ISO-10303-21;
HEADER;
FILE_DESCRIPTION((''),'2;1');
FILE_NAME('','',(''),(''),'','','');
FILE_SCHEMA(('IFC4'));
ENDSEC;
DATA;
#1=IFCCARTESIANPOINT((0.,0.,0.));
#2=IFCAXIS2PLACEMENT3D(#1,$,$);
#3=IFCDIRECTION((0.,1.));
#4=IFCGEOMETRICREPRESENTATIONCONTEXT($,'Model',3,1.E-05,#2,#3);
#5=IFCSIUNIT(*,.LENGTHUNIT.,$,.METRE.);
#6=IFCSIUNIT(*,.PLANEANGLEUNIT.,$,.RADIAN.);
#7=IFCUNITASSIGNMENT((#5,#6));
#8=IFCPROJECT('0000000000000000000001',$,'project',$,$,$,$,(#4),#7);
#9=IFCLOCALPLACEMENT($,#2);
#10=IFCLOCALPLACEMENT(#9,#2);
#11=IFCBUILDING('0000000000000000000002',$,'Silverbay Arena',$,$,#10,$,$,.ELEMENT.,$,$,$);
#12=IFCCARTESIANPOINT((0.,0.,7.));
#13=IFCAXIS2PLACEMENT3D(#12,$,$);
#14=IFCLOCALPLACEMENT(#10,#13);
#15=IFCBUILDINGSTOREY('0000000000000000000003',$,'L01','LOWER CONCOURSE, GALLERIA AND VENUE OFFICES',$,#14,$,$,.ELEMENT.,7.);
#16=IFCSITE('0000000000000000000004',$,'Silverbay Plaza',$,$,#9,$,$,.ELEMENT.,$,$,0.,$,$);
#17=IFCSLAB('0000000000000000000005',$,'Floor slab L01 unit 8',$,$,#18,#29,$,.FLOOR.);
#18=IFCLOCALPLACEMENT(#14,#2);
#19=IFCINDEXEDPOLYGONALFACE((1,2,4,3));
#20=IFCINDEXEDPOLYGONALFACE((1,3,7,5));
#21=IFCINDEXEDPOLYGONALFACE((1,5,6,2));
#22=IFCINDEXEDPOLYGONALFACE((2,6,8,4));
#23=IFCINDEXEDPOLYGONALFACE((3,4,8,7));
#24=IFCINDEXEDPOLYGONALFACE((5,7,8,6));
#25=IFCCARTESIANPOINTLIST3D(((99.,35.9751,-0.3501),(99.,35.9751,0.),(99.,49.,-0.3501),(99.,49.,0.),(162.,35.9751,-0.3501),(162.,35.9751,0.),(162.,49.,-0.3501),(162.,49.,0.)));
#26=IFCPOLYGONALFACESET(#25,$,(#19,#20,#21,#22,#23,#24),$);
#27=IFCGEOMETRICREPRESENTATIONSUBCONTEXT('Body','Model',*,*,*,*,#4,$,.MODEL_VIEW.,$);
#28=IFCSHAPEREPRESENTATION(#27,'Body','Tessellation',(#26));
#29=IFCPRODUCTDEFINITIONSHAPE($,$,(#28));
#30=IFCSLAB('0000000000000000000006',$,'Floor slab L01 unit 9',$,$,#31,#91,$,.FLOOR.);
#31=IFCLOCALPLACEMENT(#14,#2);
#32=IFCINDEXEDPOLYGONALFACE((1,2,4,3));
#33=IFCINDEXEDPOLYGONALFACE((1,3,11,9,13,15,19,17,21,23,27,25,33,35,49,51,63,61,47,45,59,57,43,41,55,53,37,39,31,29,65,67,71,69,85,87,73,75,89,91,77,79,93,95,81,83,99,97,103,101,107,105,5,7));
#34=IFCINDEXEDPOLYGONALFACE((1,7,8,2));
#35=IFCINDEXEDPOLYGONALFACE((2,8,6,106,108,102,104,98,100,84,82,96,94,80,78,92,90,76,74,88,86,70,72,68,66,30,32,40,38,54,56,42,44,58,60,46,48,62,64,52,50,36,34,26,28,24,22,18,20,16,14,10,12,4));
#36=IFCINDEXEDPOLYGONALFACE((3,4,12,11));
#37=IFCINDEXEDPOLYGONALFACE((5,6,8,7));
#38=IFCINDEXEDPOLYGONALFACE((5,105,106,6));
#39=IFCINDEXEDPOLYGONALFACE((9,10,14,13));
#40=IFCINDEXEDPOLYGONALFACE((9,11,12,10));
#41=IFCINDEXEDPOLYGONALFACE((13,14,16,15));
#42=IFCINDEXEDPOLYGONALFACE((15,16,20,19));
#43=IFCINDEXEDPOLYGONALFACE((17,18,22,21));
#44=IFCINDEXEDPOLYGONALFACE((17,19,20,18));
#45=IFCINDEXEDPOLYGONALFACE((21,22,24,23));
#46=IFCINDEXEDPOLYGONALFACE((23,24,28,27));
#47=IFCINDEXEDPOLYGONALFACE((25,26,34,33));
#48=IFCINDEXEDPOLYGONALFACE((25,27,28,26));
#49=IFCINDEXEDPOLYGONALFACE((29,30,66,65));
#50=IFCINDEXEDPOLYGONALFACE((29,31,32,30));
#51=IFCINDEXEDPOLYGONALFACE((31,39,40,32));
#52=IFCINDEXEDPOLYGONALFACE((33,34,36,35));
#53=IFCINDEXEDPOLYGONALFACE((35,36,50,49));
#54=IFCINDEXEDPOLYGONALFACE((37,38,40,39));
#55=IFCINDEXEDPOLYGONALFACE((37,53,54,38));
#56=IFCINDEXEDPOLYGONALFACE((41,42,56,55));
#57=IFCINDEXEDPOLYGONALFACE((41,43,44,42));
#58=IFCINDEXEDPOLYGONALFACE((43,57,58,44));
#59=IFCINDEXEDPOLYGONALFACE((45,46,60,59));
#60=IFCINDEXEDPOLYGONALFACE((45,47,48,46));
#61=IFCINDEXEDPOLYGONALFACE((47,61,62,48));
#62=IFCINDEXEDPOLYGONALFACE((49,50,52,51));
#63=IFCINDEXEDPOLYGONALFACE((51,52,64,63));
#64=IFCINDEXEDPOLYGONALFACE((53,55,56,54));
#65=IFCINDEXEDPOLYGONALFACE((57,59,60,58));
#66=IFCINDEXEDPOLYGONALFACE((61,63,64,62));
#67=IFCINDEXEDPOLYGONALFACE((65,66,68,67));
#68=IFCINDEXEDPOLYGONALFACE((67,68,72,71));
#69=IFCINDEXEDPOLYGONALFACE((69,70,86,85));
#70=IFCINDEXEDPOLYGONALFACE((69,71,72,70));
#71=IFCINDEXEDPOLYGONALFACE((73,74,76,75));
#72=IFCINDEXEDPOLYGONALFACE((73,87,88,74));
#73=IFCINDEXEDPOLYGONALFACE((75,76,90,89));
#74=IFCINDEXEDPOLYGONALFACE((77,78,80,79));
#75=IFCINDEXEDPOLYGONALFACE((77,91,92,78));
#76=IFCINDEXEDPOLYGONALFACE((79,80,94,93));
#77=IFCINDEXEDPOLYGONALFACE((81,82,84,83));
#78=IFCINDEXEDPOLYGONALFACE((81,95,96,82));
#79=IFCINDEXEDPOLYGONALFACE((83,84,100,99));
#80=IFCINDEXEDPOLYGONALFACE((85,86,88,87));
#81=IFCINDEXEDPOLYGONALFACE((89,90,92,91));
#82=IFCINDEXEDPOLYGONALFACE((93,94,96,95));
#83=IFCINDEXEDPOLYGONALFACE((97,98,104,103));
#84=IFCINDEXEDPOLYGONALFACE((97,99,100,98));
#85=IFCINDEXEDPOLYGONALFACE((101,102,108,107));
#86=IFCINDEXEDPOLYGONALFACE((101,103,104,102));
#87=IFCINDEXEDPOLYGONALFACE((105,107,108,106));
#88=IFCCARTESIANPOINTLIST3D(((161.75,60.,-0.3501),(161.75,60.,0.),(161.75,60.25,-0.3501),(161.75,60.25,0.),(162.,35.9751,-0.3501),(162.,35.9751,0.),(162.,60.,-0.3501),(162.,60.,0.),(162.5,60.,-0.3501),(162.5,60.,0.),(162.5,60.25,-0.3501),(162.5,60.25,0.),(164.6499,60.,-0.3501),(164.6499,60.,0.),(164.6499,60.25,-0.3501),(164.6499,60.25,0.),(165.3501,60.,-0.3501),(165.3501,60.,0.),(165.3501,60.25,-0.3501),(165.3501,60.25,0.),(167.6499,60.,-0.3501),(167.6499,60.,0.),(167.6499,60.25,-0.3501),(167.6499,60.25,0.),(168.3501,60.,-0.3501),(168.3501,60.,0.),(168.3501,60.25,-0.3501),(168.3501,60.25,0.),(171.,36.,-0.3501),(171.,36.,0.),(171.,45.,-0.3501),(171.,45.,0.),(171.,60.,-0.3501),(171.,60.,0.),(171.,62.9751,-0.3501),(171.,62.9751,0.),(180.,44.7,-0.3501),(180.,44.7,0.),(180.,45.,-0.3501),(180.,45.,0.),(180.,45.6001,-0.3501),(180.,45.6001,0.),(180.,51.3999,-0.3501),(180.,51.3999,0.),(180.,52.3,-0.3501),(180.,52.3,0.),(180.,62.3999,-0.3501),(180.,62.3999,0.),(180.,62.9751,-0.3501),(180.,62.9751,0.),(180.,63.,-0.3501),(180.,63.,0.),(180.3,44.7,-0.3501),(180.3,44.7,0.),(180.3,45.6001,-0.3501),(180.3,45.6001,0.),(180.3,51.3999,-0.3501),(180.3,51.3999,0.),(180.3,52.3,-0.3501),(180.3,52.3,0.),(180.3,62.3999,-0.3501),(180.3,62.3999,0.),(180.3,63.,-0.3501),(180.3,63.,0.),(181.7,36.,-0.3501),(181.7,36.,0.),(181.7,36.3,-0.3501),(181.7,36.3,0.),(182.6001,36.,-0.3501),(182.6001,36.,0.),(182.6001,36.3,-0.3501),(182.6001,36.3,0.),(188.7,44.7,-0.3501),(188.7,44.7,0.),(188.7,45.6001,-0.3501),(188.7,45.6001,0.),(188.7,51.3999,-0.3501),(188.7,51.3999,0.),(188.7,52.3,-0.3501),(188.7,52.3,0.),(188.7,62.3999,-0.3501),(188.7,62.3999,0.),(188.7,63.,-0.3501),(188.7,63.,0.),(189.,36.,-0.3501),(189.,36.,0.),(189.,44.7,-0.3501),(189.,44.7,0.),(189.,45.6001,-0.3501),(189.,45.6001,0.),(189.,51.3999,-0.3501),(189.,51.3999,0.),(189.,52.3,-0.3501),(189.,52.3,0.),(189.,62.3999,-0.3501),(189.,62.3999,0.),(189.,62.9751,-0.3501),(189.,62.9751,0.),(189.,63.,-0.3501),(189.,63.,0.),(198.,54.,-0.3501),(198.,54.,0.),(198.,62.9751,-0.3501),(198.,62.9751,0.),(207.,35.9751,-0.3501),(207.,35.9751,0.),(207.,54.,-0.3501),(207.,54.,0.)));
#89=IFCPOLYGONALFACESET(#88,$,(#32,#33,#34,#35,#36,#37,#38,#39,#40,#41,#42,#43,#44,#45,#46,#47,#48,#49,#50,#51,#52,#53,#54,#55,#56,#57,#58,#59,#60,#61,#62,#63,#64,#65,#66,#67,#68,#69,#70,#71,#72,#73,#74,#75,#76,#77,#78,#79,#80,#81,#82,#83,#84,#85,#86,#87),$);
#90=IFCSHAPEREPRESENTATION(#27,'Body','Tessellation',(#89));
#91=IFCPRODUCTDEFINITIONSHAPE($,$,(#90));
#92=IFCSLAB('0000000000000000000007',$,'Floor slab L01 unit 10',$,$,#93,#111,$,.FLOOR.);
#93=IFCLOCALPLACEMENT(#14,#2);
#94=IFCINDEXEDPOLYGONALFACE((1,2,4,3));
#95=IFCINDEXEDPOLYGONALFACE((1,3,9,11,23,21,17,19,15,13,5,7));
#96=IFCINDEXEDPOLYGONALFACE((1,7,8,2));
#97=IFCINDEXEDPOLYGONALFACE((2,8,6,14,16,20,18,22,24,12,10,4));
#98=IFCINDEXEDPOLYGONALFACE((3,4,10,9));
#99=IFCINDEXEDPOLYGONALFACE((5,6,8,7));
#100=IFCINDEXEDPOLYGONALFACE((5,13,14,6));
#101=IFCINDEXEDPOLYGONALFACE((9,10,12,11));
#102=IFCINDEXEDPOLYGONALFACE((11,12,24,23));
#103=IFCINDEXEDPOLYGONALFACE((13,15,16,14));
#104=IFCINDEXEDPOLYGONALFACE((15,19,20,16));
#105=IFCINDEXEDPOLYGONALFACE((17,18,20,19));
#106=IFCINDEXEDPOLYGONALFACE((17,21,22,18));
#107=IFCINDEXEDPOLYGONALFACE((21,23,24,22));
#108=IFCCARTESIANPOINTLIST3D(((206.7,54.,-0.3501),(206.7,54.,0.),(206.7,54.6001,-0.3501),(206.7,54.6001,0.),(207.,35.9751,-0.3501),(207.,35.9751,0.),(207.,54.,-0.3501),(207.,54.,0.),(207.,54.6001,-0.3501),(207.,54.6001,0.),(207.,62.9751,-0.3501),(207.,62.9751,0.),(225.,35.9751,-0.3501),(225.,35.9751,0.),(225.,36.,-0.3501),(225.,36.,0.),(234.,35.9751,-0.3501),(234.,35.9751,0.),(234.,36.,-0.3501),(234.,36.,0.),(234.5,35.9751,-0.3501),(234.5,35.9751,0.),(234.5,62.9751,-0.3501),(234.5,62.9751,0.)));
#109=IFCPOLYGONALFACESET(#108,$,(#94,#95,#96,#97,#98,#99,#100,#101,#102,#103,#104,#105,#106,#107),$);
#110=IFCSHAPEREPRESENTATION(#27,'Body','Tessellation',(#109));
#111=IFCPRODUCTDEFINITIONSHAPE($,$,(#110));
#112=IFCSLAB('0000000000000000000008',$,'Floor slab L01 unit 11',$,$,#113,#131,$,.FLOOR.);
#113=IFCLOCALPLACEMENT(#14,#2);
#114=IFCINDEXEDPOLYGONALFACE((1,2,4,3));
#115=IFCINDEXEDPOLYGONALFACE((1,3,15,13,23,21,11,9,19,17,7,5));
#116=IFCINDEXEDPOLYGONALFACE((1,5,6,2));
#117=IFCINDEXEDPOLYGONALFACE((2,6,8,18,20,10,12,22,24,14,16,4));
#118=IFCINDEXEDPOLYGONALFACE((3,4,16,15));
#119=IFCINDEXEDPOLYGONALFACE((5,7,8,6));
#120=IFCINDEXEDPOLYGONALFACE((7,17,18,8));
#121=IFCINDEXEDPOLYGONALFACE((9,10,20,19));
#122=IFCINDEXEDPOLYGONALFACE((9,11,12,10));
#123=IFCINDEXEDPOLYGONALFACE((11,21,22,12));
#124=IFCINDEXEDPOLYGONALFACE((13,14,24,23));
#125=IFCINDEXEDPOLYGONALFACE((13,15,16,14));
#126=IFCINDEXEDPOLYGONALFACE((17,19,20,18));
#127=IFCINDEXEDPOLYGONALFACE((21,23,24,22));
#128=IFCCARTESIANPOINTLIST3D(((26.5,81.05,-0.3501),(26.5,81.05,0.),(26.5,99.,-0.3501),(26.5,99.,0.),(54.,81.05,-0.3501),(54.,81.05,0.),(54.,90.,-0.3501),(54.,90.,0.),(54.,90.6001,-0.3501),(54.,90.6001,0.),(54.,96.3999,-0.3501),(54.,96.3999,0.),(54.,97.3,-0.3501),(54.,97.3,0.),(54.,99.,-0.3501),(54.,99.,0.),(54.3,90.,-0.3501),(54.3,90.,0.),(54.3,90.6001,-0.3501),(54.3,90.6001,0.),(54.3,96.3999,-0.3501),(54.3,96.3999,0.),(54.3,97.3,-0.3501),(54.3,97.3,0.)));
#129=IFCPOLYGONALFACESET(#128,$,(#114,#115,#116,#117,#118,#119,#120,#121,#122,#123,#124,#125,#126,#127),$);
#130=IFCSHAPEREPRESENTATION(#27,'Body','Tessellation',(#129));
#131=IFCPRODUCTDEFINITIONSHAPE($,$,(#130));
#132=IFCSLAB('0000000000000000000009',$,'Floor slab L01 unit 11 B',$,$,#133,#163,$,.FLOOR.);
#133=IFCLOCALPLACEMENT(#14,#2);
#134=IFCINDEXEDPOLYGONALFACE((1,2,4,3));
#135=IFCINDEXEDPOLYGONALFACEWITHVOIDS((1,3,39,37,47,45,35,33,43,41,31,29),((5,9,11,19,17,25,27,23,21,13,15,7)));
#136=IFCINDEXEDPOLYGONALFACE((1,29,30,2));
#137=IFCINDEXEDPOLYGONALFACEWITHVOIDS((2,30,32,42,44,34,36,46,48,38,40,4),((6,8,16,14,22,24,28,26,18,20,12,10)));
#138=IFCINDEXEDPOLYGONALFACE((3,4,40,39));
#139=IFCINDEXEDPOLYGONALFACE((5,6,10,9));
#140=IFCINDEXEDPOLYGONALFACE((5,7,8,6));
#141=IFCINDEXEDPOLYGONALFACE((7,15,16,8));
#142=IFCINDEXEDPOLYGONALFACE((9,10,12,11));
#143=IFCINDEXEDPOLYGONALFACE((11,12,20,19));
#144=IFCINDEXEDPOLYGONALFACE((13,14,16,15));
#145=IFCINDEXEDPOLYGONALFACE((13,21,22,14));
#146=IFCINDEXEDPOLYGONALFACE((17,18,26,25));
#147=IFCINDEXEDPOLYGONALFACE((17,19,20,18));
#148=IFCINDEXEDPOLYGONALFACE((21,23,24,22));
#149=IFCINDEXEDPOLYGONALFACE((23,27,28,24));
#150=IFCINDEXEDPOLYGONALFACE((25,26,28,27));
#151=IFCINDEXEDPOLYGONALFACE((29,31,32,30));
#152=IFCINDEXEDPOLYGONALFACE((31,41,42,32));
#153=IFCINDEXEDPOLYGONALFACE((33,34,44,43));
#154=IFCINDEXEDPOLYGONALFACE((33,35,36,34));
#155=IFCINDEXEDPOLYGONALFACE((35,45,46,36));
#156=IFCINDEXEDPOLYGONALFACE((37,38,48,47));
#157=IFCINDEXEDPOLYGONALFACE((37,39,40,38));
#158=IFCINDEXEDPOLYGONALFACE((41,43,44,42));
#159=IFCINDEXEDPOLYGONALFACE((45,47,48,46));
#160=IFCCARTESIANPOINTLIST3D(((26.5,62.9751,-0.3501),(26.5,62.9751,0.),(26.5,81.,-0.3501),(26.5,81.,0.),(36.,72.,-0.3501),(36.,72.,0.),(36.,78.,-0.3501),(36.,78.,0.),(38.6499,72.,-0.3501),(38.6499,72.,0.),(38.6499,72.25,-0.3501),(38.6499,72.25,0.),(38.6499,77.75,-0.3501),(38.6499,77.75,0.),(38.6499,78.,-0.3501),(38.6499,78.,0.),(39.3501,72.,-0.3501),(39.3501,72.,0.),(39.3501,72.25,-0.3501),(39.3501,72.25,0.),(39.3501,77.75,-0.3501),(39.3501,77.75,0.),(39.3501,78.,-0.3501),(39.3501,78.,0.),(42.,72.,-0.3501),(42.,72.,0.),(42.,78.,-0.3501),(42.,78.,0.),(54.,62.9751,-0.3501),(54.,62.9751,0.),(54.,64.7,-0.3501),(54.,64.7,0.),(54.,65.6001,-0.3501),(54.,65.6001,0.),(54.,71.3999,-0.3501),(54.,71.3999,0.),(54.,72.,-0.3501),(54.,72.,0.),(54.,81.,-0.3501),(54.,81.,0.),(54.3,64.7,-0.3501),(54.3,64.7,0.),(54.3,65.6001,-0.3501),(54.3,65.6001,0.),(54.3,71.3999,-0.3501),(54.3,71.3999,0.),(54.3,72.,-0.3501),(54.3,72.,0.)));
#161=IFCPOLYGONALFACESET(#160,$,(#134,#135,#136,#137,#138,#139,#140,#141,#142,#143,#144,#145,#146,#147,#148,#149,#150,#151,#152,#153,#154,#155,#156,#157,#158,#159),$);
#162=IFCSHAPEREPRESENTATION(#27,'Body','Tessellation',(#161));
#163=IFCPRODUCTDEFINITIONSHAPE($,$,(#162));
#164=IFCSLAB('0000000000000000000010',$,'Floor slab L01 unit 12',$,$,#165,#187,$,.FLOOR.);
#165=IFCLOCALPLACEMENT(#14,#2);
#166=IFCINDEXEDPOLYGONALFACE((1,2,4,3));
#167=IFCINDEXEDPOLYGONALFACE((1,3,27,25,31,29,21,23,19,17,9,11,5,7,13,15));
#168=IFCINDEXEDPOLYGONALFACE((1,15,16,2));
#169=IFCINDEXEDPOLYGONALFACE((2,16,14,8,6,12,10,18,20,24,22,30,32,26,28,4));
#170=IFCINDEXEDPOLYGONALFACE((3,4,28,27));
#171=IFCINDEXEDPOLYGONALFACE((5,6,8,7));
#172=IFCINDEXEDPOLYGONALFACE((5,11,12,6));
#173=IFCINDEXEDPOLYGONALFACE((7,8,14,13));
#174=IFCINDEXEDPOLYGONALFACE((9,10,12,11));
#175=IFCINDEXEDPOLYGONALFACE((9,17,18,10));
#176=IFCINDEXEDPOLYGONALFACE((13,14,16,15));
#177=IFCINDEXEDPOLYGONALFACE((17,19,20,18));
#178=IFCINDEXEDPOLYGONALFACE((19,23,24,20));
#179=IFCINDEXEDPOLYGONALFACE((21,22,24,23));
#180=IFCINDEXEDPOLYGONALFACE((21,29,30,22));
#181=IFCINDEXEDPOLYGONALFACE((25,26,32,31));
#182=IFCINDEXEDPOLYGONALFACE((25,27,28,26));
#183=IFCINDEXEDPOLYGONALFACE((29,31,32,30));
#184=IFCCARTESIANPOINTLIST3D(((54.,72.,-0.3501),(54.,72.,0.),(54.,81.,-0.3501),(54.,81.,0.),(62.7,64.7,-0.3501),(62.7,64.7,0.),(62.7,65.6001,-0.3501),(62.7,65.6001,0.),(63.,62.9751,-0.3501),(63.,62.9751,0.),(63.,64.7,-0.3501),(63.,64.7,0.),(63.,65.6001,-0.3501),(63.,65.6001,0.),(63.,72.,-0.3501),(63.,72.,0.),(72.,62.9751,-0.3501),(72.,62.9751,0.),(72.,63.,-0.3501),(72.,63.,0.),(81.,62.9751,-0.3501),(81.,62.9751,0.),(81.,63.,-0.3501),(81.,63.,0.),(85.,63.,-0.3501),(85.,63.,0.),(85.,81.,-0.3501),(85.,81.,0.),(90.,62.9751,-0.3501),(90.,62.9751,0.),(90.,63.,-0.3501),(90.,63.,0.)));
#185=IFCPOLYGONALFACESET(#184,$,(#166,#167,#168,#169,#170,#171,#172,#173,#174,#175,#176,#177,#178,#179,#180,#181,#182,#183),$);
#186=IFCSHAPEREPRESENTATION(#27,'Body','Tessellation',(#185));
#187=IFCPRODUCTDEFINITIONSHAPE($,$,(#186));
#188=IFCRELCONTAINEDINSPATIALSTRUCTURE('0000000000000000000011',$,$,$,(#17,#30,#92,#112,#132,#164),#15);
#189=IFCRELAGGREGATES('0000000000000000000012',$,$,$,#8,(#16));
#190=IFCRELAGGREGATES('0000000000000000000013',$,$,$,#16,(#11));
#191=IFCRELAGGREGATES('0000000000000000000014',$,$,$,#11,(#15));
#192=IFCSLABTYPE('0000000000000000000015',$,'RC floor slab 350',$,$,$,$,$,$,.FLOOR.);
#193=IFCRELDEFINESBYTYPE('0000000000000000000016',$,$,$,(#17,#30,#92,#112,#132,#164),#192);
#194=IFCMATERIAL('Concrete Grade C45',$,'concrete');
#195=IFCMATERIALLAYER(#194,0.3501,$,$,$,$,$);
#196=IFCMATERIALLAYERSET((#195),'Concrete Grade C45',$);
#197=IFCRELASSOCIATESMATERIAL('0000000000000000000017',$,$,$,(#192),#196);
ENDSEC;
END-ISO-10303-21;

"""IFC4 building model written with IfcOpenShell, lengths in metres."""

from ifc_helpers import new_model, si_unit, direction, frame, origin, place, context, subcontext, project, spatial, polyline, outline, extrude, material, layer, layer_set, type_object, element, save


model = new_model("IFC4")

# Units and contexts
model_context = context("Model", 3, precision=1e-05, world=origin(), true_north=direction((0.0, 1.0)))
body_context = subcontext(model_context, "Body", "Model", "MODEL_VIEW")
ifc_project = project(units=[si_unit("LENGTHUNIT", "METRE"), si_unit("PLANEANGLEUNIT", "RADIAN")], contexts=[model_context])

# Site, building, storey
site_placement = place(None, origin())
site = spatial("IfcSite", under=ifc_project, at=site_placement, Name="Silverbay Plaza", CompositionType="ELEMENT", RefElevation=0.0)
building_placement = place(site_placement, origin())
building = spatial("IfcBuilding", under=site, at=building_placement, Name="Silverbay Arena", CompositionType="ELEMENT")
storey_placement = place(building_placement, frame((0.0, 0.0, 7.0)))
storey = spatial("IfcBuildingStorey", under=building, at=storey_placement, Name="L01", Description="LOWER CONCOURSE, GALLERIA AND VENUE OFFICES", CompositionType="ELEMENT", Elevation=7.0)

# Slabs
ifc_material_1 = material(Name="Concrete Grade C45", Category="concrete")
ifc_layer_1 = layer(ifc_material_1, 0.3501)
ifc_layer_set_1 = layer_set([ifc_layer_1], Name="Concrete Grade C45")
slab_type_1 = type_object("IfcSlabType", Name="RC floor slab 350", PredefinedType="FLOOR", material=ifc_layer_set_1)
slab_1_placement = place(storey_placement, frame((0.0, 0.0, -0.3501)))
element("IfcSlab", 1, at=slab_1_placement, inside=storey, type_object=slab_type_1, Name="Floor slab L01 unit 8", PredefinedType="FLOOR", context=body_context, shape_type="SweptSolid", body=[
    extrude(outline(polyline([(99.0, 35.9751), (99.0, 49.0), (162.0, 49.0), (162.0, 35.9751), (99.0, 35.9751)])), origin(), (0.0, 0.0, 1.0), 0.3501),
])
slab_2_placement = place(storey_placement, frame((0.0, 0.0, -0.3501)))
element("IfcSlab", 2, at=slab_2_placement, inside=storey, type_object=slab_type_1, Name="Floor slab L01 unit 9", PredefinedType="FLOOR", context=body_context, shape_type="SweptSolid", body=[
    extrude(outline(polyline([(180.3, 45.6001), (180.3, 44.7), (180.0, 44.7), (180.0, 45.0), (171.0, 45.0), (171.0, 36.0), (181.7, 36.0), (181.7, 36.3), (182.6001, 36.3), (182.6001, 36.0), (189.0, 36.0), (189.0, 44.7), (188.7, 44.7), (188.7, 45.6001), (189.0, 45.6001), (189.0, 51.3999), (188.7, 51.3999), (188.7, 52.3), (189.0, 52.3), (189.0, 62.3999), (188.7, 62.3999), (188.7, 63.0), (189.0, 63.0), (189.0, 62.9751), (198.0, 62.9751), (198.0, 54.0), (207.0, 54.0), (207.0, 35.9751), (162.0, 35.9751), (162.0, 60.0), (161.75, 60.0), (161.75, 60.25), (162.5, 60.25), (162.5, 60.0), (164.6499, 60.0), (164.6499, 60.25), (165.3501, 60.25), (165.3501, 60.0), (167.6499, 60.0), (167.6499, 60.25), (168.3501, 60.25), (168.3501, 60.0), (171.0, 60.0), (171.0, 62.9751), (180.0, 62.9751), (180.0, 63.0), (180.3, 63.0), (180.3, 62.3999), (180.0, 62.3999), (180.0, 52.3), (180.3, 52.3), (180.3, 51.3999), (180.0, 51.3999), (180.0, 45.6001), (180.3, 45.6001)])), origin(), (0.0, 0.0, 1.0), 0.3501),
])
slab_3_placement = place(storey_placement, frame((0.0, 0.0, -0.3501)))
element("IfcSlab", 3, at=slab_3_placement, inside=storey, type_object=slab_type_1, Name="Floor slab L01 unit 10", PredefinedType="FLOOR", context=body_context, shape_type="SweptSolid", body=[
    extrude(outline(polyline([(225.0, 36.0), (225.0, 35.9751), (207.0, 35.9751), (207.0, 54.0), (206.7, 54.0), (206.7, 54.6001), (207.0, 54.6001), (207.0, 62.9751), (234.5, 62.9751), (234.5, 35.9751), (234.0, 35.9751), (234.0, 36.0), (225.0, 36.0)])), origin(), (0.0, 0.0, 1.0), 0.3501),
])
slab_4_placement = place(storey_placement, frame((0.0, 0.0, -0.3501)))
element("IfcSlab", 4, at=slab_4_placement, inside=storey, type_object=slab_type_1, Name="Floor slab L01 unit 11", PredefinedType="FLOOR", context=body_context, shape_type="SweptSolid", body=[
    extrude(outline(polyline([(26.5, 99.0), (54.0, 99.0), (54.0, 97.3), (54.3, 97.3), (54.3, 96.3999), (54.0, 96.3999), (54.0, 90.6001), (54.3, 90.6001), (54.3, 90.0), (54.0, 90.0), (54.0, 81.05), (26.5, 81.05), (26.5, 99.0)])), origin(), (0.0, 0.0, 1.0), 0.3501),
])
slab_5_placement = place(storey_placement, frame((0.0, 0.0, -0.3501)))
element("IfcSlab", 5, at=slab_5_placement, inside=storey, type_object=slab_type_1, Name="Floor slab L01 unit 11 B", PredefinedType="FLOOR", context=body_context, shape_type="SweptSolid", body=[
    extrude(outline(polyline([(54.3, 64.7), (54.0, 64.7), (54.0, 62.9751), (26.5, 62.9751), (26.5, 81.0), (54.0, 81.0), (54.0, 72.0), (54.3, 72.0), (54.3, 71.3999), (54.0, 71.3999), (54.0, 65.6001), (54.3, 65.6001), (54.3, 64.7)]), holes=[polyline([(39.3501, 72.25), (39.3501, 72.0), (42.0, 72.0), (42.0, 78.0), (39.3501, 78.0), (39.3501, 77.75), (38.6499, 77.75), (38.6499, 78.0), (36.0, 78.0), (36.0, 72.0), (38.6499, 72.0), (38.6499, 72.25), (39.3501, 72.25)])]), origin(), (0.0, 0.0, 1.0), 0.3501),
])
slab_6_placement = place(storey_placement, frame((0.0, 0.0, -0.3501)))
element("IfcSlab", 6, at=slab_6_placement, inside=storey, type_object=slab_type_1, Name="Floor slab L01 unit 12", PredefinedType="FLOOR", context=body_context, shape_type="SweptSolid", body=[
    extrude(outline(polyline([(81.0, 63.0), (72.0, 63.0), (72.0, 62.9751), (63.0, 62.9751), (63.0, 64.7), (62.7, 64.7), (62.7, 65.6001), (63.0, 65.6001), (63.0, 72.0), (54.0, 72.0), (54.0, 81.0), (85.0, 81.0), (85.0, 63.0), (90.0, 63.0), (90.0, 62.9751), (81.0, 62.9751), (81.0, 63.0)])), origin(), (0.0, 0.0, 1.0), 0.3501),
])

save(model, "model.ifc")
